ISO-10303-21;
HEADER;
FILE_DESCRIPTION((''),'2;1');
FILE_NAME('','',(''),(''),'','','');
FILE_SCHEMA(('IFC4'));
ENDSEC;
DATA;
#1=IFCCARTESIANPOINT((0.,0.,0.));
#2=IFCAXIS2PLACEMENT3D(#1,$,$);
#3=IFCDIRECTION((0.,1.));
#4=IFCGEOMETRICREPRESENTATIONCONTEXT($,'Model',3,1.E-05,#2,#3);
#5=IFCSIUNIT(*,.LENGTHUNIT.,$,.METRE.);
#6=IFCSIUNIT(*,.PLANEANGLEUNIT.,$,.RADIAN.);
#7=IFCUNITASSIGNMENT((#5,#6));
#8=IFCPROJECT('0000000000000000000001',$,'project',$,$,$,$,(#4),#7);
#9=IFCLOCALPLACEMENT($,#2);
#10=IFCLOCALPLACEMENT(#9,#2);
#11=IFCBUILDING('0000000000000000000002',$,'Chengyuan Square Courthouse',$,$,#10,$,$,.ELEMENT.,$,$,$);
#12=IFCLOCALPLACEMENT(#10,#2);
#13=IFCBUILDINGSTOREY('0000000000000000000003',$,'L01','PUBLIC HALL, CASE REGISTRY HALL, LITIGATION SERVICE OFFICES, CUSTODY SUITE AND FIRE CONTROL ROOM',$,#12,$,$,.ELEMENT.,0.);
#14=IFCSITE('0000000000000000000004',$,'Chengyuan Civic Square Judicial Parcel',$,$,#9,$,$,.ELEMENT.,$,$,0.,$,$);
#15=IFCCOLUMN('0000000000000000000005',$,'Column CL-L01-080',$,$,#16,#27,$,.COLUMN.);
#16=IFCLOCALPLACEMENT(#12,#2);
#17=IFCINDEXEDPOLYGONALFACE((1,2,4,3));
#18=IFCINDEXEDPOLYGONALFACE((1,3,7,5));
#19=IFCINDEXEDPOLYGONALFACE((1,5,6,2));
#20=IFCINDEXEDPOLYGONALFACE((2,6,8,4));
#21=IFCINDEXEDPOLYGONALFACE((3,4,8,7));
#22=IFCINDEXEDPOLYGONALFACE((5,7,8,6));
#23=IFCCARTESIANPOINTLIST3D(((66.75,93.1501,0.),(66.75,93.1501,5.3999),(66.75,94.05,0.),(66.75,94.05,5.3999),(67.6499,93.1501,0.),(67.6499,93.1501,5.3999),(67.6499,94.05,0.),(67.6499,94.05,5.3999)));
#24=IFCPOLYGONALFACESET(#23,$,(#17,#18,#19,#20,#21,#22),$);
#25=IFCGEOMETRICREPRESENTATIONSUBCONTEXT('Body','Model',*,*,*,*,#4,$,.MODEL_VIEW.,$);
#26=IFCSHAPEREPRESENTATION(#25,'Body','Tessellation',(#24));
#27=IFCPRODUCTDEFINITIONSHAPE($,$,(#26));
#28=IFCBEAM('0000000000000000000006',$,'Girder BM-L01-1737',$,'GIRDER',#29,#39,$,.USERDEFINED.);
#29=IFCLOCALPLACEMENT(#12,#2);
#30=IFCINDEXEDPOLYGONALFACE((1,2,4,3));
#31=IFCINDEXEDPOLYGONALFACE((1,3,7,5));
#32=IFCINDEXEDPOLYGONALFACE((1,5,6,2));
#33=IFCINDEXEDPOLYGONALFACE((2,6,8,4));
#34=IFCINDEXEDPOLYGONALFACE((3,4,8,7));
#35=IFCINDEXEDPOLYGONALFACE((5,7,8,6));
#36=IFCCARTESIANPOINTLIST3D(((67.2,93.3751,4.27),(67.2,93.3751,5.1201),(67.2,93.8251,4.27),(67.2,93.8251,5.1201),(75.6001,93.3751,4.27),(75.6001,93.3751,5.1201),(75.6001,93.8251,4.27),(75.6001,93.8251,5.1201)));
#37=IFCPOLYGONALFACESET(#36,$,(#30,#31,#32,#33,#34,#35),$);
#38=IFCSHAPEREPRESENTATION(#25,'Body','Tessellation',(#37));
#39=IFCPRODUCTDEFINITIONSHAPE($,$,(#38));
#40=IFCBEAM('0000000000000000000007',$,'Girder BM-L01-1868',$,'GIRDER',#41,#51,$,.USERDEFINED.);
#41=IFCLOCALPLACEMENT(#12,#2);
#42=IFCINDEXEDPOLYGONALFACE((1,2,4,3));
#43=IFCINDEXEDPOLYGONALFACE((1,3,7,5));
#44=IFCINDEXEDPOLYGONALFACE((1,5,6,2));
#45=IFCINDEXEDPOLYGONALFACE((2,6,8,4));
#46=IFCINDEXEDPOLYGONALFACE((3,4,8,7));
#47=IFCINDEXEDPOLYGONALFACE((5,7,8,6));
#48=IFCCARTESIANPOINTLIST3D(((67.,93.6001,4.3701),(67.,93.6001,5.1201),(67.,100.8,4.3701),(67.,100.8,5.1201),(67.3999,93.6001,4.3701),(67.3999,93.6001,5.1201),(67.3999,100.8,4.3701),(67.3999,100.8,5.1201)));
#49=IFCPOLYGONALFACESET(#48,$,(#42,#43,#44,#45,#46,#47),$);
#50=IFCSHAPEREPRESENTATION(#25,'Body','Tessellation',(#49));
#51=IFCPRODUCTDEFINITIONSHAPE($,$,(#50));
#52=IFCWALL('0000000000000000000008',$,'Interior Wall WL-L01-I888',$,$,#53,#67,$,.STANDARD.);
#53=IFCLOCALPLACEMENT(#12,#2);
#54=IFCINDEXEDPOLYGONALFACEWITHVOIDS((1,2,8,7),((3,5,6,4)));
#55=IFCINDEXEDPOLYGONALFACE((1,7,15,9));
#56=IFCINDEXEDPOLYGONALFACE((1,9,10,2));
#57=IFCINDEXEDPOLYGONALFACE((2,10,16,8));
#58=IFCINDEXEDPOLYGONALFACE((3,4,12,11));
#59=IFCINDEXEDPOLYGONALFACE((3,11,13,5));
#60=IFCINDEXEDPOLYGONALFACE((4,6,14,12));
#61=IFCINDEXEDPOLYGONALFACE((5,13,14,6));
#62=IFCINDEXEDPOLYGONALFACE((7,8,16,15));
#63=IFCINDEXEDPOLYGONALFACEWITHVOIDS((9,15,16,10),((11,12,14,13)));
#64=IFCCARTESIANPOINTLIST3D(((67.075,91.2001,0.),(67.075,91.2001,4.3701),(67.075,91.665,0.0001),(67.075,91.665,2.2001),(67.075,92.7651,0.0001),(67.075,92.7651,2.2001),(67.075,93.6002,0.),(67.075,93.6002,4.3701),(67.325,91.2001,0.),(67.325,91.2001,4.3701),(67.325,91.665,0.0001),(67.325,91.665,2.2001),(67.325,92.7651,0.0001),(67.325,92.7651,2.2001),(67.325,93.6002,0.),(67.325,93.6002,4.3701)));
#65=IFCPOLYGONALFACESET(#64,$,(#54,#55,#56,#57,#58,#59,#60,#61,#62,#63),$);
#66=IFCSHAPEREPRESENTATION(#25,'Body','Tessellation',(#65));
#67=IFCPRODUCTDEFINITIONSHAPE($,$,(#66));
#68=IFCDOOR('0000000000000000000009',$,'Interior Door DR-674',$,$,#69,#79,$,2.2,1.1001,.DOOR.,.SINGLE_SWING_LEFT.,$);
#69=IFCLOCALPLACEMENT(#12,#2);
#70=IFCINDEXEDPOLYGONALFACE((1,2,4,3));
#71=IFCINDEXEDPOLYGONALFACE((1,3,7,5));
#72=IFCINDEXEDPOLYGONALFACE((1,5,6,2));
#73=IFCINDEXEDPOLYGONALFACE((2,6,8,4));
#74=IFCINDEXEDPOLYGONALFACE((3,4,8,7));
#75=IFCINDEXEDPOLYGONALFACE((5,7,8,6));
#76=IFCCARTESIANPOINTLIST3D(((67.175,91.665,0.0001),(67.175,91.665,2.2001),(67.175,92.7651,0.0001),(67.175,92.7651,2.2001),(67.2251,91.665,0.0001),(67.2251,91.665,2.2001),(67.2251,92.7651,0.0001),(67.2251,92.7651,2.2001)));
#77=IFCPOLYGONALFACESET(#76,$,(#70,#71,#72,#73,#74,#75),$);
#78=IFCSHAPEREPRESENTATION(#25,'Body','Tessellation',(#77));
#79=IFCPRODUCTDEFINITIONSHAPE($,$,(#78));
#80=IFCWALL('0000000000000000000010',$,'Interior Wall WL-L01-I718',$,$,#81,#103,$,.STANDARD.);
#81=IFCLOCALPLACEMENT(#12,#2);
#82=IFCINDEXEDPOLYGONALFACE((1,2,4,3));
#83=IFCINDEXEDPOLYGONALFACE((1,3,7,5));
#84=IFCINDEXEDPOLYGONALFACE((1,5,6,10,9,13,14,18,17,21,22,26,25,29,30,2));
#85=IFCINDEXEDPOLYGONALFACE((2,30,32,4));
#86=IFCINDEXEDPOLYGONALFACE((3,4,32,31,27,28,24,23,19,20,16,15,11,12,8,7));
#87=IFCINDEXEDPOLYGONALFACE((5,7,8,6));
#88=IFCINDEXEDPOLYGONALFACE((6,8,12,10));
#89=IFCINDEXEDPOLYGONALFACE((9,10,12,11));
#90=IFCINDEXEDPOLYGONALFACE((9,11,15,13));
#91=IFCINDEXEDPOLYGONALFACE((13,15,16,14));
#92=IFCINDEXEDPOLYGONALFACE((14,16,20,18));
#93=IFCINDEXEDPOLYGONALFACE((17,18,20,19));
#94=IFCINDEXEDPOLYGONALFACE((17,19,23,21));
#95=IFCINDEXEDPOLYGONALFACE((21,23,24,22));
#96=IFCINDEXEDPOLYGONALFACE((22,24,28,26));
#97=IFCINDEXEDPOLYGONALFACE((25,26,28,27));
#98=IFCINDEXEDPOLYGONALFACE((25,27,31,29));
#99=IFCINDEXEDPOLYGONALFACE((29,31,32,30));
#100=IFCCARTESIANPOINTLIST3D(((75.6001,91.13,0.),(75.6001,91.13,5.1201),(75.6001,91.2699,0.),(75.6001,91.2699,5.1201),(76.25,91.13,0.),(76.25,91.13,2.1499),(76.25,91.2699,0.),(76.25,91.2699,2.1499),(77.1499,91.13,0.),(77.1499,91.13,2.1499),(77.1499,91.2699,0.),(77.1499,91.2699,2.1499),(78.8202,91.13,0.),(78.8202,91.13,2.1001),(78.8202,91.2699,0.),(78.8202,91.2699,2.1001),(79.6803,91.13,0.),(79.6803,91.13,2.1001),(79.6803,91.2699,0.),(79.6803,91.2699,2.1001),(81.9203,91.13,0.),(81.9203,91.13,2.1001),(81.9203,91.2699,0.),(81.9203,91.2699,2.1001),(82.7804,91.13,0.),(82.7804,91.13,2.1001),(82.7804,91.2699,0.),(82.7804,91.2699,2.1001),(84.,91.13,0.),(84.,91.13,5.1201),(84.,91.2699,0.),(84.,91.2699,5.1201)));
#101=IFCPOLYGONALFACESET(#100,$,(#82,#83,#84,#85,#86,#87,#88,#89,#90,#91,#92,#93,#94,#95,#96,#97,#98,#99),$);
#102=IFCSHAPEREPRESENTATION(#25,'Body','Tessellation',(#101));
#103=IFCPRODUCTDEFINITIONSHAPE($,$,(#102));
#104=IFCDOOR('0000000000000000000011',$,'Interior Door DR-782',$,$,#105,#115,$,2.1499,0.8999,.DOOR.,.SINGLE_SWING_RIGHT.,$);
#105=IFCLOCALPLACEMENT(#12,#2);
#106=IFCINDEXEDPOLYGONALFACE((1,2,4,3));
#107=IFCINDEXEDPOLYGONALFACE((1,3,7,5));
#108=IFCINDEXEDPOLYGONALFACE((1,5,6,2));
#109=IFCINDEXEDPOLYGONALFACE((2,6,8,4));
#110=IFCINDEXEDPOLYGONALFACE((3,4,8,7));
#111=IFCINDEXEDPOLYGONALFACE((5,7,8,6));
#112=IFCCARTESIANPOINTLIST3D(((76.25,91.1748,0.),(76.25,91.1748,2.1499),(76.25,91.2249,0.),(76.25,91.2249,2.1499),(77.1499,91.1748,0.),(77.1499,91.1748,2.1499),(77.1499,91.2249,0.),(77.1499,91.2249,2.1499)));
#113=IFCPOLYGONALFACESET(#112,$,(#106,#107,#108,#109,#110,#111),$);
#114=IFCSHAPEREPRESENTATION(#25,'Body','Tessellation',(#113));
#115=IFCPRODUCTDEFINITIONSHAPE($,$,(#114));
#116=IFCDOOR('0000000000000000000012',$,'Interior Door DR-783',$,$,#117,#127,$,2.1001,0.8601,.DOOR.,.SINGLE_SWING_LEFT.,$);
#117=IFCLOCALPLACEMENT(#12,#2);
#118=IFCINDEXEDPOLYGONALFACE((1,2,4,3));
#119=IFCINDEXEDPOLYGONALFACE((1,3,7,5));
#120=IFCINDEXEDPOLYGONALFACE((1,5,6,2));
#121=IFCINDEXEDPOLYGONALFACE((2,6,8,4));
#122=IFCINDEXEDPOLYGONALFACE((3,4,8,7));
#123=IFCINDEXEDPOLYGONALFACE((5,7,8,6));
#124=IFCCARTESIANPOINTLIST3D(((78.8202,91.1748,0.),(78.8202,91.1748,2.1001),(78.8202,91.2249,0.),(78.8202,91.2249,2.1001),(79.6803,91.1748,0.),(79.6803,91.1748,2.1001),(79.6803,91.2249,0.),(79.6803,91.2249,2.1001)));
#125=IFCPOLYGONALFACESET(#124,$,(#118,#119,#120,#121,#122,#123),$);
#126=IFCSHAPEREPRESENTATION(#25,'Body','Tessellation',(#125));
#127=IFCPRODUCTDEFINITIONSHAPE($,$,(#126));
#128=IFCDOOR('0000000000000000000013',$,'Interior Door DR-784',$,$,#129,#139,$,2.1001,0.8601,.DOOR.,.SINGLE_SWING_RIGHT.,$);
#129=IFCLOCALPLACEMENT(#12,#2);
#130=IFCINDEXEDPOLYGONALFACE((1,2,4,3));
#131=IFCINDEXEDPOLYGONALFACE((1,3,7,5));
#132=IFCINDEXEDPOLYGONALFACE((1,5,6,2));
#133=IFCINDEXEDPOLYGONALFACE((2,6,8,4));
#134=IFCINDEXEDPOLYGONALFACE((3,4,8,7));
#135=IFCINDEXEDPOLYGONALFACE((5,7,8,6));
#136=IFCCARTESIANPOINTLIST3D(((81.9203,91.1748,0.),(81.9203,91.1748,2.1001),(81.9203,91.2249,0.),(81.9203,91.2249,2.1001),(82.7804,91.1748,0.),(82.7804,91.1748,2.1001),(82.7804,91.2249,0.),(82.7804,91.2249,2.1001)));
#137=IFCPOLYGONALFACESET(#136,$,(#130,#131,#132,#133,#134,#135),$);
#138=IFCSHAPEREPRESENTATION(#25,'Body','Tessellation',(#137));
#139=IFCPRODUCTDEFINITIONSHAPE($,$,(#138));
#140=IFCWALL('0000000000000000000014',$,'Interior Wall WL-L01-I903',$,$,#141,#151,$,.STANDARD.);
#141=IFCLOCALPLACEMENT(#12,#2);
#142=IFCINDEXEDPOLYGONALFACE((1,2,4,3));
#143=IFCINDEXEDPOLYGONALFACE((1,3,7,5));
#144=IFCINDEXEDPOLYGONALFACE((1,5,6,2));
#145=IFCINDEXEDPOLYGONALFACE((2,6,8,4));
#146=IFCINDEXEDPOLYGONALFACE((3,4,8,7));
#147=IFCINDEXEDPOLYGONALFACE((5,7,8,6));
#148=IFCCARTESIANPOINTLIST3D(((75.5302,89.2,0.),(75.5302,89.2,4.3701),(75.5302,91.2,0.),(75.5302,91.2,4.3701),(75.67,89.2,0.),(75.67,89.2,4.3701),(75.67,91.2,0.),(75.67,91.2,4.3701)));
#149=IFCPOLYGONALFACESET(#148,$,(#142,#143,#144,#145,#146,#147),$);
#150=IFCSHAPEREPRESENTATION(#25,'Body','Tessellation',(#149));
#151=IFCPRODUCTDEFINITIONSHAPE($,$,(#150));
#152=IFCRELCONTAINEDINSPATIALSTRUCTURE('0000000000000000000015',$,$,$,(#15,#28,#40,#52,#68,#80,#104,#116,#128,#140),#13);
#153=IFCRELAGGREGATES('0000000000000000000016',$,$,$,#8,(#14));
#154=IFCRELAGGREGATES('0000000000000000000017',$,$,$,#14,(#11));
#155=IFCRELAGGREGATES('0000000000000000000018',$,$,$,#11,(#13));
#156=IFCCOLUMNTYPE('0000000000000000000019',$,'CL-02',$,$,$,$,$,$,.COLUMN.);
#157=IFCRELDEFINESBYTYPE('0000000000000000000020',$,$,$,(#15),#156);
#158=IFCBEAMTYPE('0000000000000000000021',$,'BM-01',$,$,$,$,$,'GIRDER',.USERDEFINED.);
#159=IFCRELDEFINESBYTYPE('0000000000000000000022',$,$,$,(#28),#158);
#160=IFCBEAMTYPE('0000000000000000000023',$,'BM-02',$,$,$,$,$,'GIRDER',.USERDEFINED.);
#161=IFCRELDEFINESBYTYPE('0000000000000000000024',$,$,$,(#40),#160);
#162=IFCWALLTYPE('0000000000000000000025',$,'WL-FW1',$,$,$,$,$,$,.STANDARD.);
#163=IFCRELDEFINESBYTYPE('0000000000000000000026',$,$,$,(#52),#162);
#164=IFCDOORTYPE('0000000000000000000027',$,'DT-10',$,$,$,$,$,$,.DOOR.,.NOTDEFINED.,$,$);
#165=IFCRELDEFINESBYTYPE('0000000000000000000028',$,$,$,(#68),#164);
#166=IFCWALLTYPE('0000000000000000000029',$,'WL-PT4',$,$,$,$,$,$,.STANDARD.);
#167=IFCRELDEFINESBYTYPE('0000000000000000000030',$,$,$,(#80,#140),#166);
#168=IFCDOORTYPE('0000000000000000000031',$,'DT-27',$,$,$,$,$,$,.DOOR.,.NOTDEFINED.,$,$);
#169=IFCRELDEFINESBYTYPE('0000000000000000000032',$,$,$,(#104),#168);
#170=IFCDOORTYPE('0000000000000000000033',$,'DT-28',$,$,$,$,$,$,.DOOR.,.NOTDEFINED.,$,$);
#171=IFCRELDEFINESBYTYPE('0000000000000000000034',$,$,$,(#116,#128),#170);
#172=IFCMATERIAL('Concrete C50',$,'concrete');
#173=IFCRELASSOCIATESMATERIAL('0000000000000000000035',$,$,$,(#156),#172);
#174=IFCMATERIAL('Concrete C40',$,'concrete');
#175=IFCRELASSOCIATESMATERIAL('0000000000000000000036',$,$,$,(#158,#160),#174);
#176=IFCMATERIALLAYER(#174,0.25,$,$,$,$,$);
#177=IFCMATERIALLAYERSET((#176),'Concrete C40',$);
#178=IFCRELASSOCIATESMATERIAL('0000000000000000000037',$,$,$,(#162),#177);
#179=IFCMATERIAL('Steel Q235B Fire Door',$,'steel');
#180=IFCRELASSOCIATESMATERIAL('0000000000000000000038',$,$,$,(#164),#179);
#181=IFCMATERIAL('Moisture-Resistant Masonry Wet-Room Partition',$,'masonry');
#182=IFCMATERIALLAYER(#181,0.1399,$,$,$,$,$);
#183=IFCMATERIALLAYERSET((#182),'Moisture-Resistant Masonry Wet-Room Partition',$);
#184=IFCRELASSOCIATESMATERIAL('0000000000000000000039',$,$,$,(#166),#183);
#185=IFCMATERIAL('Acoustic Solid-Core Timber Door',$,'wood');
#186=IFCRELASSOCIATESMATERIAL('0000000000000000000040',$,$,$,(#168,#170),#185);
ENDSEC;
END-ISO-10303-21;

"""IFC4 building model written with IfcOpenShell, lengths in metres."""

from ifc_helpers import new_model, si_unit, direction, frame, frame_2d, origin, origin_2d, place, context, subcontext, project, spatial, rectangle, extrude, material, layer, layer_set, material_profile, profile_set, type_object, element, fill, save


model = new_model("IFC4")

# Units and contexts
model_context = context("Model", 3, precision=1e-05, world=origin(), true_north=direction((0.0, 1.0)))
body_context = subcontext(model_context, "Body", "Model", "MODEL_VIEW")
ifc_project = project(units=[si_unit("LENGTHUNIT", "METRE"), si_unit("PLANEANGLEUNIT", "RADIAN")], contexts=[model_context])

# Site, building, storey
site_placement = place(None, origin())
site = spatial("IfcSite", under=ifc_project, at=site_placement, Name="Chengyuan Civic Square Judicial Parcel", CompositionType="ELEMENT", RefElevation=0.0)
building_placement = place(site_placement, origin())
building = spatial("IfcBuilding", under=site, at=building_placement, Name="Chengyuan Square Courthouse", CompositionType="ELEMENT")
storey_placement = place(building_placement, origin())
storey = spatial("IfcBuildingStorey", under=building, at=storey_placement, Name="L01", Description="PUBLIC HALL, CASE REGISTRY HALL, LITIGATION SERVICE OFFICES, CUSTODY SUITE AND FIRE CONTROL ROOM", CompositionType="ELEMENT", Elevation=0.0)

# Column
ifc_material_1 = material(Name="Concrete C50", Category="concrete")
ifc_material_profile_1 = material_profile(ifc_material_1, rectangle(XDim=0.8999, YDim=0.8999, at=origin_2d()), Name="RC-COL-900x900")
ifc_profile_set_1 = profile_set([ifc_material_profile_1], Name="Concrete C50")
column_type = type_object("IfcColumnType", Name="CL-02", PredefinedType="COLUMN", material=ifc_profile_set_1)
column_placement = place(storey_placement, frame((67.2, 93.6001, 0.0), z_axis=(0.0, 0.0, 1.0), x_axis=(1.0, 0.0, 0.0)))
element("IfcColumn", 1, at=column_placement, inside=storey, type_object=column_type, Name="Column CL-L01-080", PredefinedType="COLUMN", context=body_context, shape_type="SweptSolid", body=[
    extrude(rectangle(XDim=0.8999, YDim=0.8999, at=origin_2d()), origin(), (0.0, 0.0, 1.0), 5.3999),
])

# Beams
ifc_material_2 = material(Name="Concrete C40", Category="concrete")
ifc_material_profile_2 = material_profile(ifc_material_2, rectangle(XDim=0.45, YDim=0.8501, at=origin_2d()), Name="RC-BM-450x850")
ifc_profile_set_2 = profile_set([ifc_material_profile_2], Name="Concrete C40")
beam_type_1 = type_object("IfcBeamType", Name="BM-01", ElementType="GIRDER", PredefinedType="USERDEFINED", material=ifc_profile_set_2)
beam_1_placement = place(storey_placement, frame((67.2, 93.6001, 4.6951), z_axis=(1.0, 0.0, 0.0), x_axis=(0.0, 1.0, 0.0)))
element("IfcBeam", 2, at=beam_1_placement, inside=storey, type_object=beam_type_1, Name="Girder BM-L01-1737", ObjectType="GIRDER", PredefinedType="USERDEFINED", context=body_context, shape_type="SweptSolid", body=[
    extrude(rectangle(XDim=0.45, YDim=0.8501, at=origin_2d()), origin(), (0.0, 0.0, 1.0), 8.4001),
])
ifc_material_profile_3 = material_profile(ifc_material_2, rectangle(XDim=0.3999, YDim=0.75, at=origin_2d()), Name="RC-BM-400x750")
ifc_profile_set_3 = profile_set([ifc_material_profile_3], Name="Concrete C40")
beam_type_2 = type_object("IfcBeamType", Name="BM-02", ElementType="GIRDER", PredefinedType="USERDEFINED", material=ifc_profile_set_3)
beam_2_placement = place(storey_placement, frame((67.2, 93.6001, 4.7451), z_axis=(0.0, 1.0, 0.0), x_axis=(-1.0, 0.0, 0.0)))
element("IfcBeam", 3, at=beam_2_placement, inside=storey, type_object=beam_type_2, Name="Girder BM-L01-1868", ObjectType="GIRDER", PredefinedType="USERDEFINED", context=body_context, shape_type="SweptSolid", body=[
    extrude(rectangle(XDim=0.3999, YDim=0.75, at=origin_2d()), origin(), (0.0, 0.0, 1.0), 7.2),
])

# Wall, opening, door
ifc_layer_1 = layer(ifc_material_2, 0.25)
ifc_layer_set_1 = layer_set([ifc_layer_1], Name="Concrete C40")
wall_type_1 = type_object("IfcWallType", Name="WL-FW1", PredefinedType="STANDARD", material=ifc_layer_set_1)
wall_1_placement = place(storey_placement, frame((67.2, 91.2, 0.0), z_axis=(0.0, 0.0, 1.0), x_axis=(0.0, 1.0, 0.0)))
wall_1 = element("IfcWall", 4, at=wall_1_placement, inside=storey, type_object=wall_type_1, Name="Interior Wall WL-L01-I888", PredefinedType="STANDARD", context=body_context, shape_type="SweptSolid", body=[
    extrude(rectangle(XDim=2.4001, YDim=0.25, at=frame_2d((1.2002, 0.0))), origin(), (0.0, 0.0, 1.0), 4.3701),
])
opening_1_placement = place(wall_1_placement, frame((0.4651, 0.0, 0.0)))
opening_1 = element("IfcOpeningElement", 5, at=opening_1_placement, cuts=wall_1, PredefinedType="OPENING", context=body_context, shape_type="SweptSolid", body=[
    extrude(rectangle(XDim=1.1001, YDim=2.2, at=frame_2d((0.55, 1.1001))), frame((0.0, 0.137, 0.0), z_axis=(0.0, -1.0, 0.0), x_axis=(1.0, 0.0, 0.0)), (0.0, 0.0, 1.0), 0.2739),
])
ifc_material_3 = material(Name="Steel Q235B Fire Door", Category="steel")
door_type_1 = type_object("IfcDoorType", Name="DT-10", OperationType="NOTDEFINED", PredefinedType="DOOR", material=ifc_material_3)
door_1_placement = place(opening_1_placement, origin())
door_1 = element("IfcDoor", 6, at=door_1_placement, inside=storey, type_object=door_type_1, Name="Interior Door DR-674", OperationType="SINGLE_SWING_LEFT", OverallHeight=2.2, OverallWidth=1.1001, PredefinedType="DOOR", context=body_context, shape_type="SweptSolid", body=[
    extrude(rectangle(XDim=1.1001, YDim=2.2, at=frame_2d((0.55, 1.1001))), frame((0.0, 0.0249, 0.0), z_axis=(0.0, -1.0, 0.0), x_axis=(1.0, 0.0, 0.0)), (0.0, 0.0, 1.0), 0.05),
])
fill(opening_1, door_1)

# Wall, openings, doors
ifc_material_4 = material(Name="Moisture-Resistant Masonry Wet-Room Partition", Category="masonry")
ifc_layer_2 = layer(ifc_material_4, 0.1399)
ifc_layer_set_2 = layer_set([ifc_layer_2], Name="Moisture-Resistant Masonry Wet-Room Partition")
wall_type_2 = type_object("IfcWallType", Name="WL-PT4", PredefinedType="STANDARD", material=ifc_layer_set_2)
wall_2_placement = place(storey_placement, frame((75.6001, 91.2, 0.0), z_axis=(0.0, 0.0, 1.0), x_axis=(1.0, 0.0, 0.0)))
wall_2 = element("IfcWall", 7, at=wall_2_placement, inside=storey, type_object=wall_type_2, Name="Interior Wall WL-L01-I718", PredefinedType="STANDARD", context=body_context, shape_type="SweptSolid", body=[
    extrude(rectangle(XDim=8.3999, YDim=0.1399, at=frame_2d((4.2, 0.0))), origin(), (0.0, 0.0, 1.0), 5.1201),
])
opening_2_placement = place(wall_2_placement, frame((0.6499, 0.0, 0.0)))
opening_2 = element("IfcOpeningElement", 8, at=opening_2_placement, cuts=wall_2, PredefinedType="OPENING", context=body_context, shape_type="SweptSolid", body=[
    extrude(rectangle(XDim=0.8999, YDim=2.1499, at=frame_2d((0.45, 1.075))), frame((0.0, 0.082, 0.0), z_axis=(0.0, -1.0, 0.0), x_axis=(1.0, 0.0, 0.0)), (0.0, 0.0, 1.0), 0.1638),
])
opening_3_placement = place(wall_2_placement, frame((3.22, 0.0, 0.0)))
opening_3 = element("IfcOpeningElement", 9, at=opening_3_placement, cuts=wall_2, PredefinedType="OPENING", context=body_context, shape_type="SweptSolid", body=[
    extrude(rectangle(XDim=0.8601, YDim=2.1001, at=frame_2d((0.4302, 1.05))), frame((0.0, 0.082, 0.0), z_axis=(0.0, -1.0, 0.0), x_axis=(1.0, 0.0, 0.0)), (0.0, 0.0, 1.0), 0.1638),
])
opening_4_placement = place(wall_2_placement, frame((6.3201, 0.0, 0.0)))
opening_4 = element("IfcOpeningElement", 10, at=opening_4_placement, cuts=wall_2, PredefinedType="OPENING", context=body_context, shape_type="SweptSolid", body=[
    extrude(rectangle(XDim=0.8601, YDim=2.1001, at=frame_2d((0.4302, 1.05))), frame((0.0, 0.082, 0.0), z_axis=(0.0, -1.0, 0.0), x_axis=(1.0, 0.0, 0.0)), (0.0, 0.0, 1.0), 0.1638),
])
ifc_material_5 = material(Name="Acoustic Solid-Core Timber Door", Category="wood")
door_type_2 = type_object("IfcDoorType", Name="DT-27", OperationType="NOTDEFINED", PredefinedType="DOOR", material=ifc_material_5)
door_2_placement = place(opening_2_placement, origin())
door_2 = element("IfcDoor", 11, at=door_2_placement, inside=storey, type_object=door_type_2, Name="Interior Door DR-782", OperationType="SINGLE_SWING_RIGHT", OverallHeight=2.1499, OverallWidth=0.8999, PredefinedType="DOOR", context=body_context, shape_type="SweptSolid", body=[
    extrude(rectangle(XDim=0.8999, YDim=2.1499, at=frame_2d((0.45, 1.075))), frame((0.0, 0.0249, 0.0), z_axis=(0.0, -1.0, 0.0), x_axis=(1.0, 0.0, 0.0)), (0.0, 0.0, 1.0), 0.05),
])
fill(opening_2, door_2)
door_type_3 = type_object("IfcDoorType", Name="DT-28", OperationType="NOTDEFINED", PredefinedType="DOOR", material=ifc_material_5)
door_3_placement = place(opening_3_placement, origin())
door_3 = element("IfcDoor", 12, at=door_3_placement, inside=storey, type_object=door_type_3, Name="Interior Door DR-783", OperationType="SINGLE_SWING_LEFT", OverallHeight=2.1001, OverallWidth=0.8601, PredefinedType="DOOR", context=body_context, shape_type="SweptSolid", body=[
    extrude(rectangle(XDim=0.8601, YDim=2.1001, at=frame_2d((0.4302, 1.05))), frame((0.0, 0.0249, 0.0), z_axis=(0.0, -1.0, 0.0), x_axis=(1.0, 0.0, 0.0)), (0.0, 0.0, 1.0), 0.05),
])
fill(opening_3, door_3)
door_4_placement = place(opening_4_placement, origin())
door_4 = element("IfcDoor", 13, at=door_4_placement, inside=storey, type_object=door_type_3, Name="Interior Door DR-784", OperationType="SINGLE_SWING_RIGHT", OverallHeight=2.1001, OverallWidth=0.8601, PredefinedType="DOOR", context=body_context, shape_type="SweptSolid", body=[
    extrude(rectangle(XDim=0.8601, YDim=2.1001, at=frame_2d((0.4302, 1.05))), frame((0.0, 0.0249, 0.0), z_axis=(0.0, -1.0, 0.0), x_axis=(1.0, 0.0, 0.0)), (0.0, 0.0, 1.0), 0.05),
])
fill(opening_4, door_4)

# Wall
wall_3_placement = place(storey_placement, frame((75.6001, 89.2, 0.0), z_axis=(0.0, 0.0, 1.0), x_axis=(0.0, 1.0, 0.0)))
element("IfcWall", 14, at=wall_3_placement, inside=storey, type_object=wall_type_2, Name="Interior Wall WL-L01-I903", PredefinedType="STANDARD", context=body_context, shape_type="SweptSolid", body=[
    extrude(rectangle(XDim=2.0, YDim=0.1399, at=frame_2d((1.0, 0.0))), origin(), (0.0, 0.0, 1.0), 4.3701),
])

save(model, "model.ifc")
